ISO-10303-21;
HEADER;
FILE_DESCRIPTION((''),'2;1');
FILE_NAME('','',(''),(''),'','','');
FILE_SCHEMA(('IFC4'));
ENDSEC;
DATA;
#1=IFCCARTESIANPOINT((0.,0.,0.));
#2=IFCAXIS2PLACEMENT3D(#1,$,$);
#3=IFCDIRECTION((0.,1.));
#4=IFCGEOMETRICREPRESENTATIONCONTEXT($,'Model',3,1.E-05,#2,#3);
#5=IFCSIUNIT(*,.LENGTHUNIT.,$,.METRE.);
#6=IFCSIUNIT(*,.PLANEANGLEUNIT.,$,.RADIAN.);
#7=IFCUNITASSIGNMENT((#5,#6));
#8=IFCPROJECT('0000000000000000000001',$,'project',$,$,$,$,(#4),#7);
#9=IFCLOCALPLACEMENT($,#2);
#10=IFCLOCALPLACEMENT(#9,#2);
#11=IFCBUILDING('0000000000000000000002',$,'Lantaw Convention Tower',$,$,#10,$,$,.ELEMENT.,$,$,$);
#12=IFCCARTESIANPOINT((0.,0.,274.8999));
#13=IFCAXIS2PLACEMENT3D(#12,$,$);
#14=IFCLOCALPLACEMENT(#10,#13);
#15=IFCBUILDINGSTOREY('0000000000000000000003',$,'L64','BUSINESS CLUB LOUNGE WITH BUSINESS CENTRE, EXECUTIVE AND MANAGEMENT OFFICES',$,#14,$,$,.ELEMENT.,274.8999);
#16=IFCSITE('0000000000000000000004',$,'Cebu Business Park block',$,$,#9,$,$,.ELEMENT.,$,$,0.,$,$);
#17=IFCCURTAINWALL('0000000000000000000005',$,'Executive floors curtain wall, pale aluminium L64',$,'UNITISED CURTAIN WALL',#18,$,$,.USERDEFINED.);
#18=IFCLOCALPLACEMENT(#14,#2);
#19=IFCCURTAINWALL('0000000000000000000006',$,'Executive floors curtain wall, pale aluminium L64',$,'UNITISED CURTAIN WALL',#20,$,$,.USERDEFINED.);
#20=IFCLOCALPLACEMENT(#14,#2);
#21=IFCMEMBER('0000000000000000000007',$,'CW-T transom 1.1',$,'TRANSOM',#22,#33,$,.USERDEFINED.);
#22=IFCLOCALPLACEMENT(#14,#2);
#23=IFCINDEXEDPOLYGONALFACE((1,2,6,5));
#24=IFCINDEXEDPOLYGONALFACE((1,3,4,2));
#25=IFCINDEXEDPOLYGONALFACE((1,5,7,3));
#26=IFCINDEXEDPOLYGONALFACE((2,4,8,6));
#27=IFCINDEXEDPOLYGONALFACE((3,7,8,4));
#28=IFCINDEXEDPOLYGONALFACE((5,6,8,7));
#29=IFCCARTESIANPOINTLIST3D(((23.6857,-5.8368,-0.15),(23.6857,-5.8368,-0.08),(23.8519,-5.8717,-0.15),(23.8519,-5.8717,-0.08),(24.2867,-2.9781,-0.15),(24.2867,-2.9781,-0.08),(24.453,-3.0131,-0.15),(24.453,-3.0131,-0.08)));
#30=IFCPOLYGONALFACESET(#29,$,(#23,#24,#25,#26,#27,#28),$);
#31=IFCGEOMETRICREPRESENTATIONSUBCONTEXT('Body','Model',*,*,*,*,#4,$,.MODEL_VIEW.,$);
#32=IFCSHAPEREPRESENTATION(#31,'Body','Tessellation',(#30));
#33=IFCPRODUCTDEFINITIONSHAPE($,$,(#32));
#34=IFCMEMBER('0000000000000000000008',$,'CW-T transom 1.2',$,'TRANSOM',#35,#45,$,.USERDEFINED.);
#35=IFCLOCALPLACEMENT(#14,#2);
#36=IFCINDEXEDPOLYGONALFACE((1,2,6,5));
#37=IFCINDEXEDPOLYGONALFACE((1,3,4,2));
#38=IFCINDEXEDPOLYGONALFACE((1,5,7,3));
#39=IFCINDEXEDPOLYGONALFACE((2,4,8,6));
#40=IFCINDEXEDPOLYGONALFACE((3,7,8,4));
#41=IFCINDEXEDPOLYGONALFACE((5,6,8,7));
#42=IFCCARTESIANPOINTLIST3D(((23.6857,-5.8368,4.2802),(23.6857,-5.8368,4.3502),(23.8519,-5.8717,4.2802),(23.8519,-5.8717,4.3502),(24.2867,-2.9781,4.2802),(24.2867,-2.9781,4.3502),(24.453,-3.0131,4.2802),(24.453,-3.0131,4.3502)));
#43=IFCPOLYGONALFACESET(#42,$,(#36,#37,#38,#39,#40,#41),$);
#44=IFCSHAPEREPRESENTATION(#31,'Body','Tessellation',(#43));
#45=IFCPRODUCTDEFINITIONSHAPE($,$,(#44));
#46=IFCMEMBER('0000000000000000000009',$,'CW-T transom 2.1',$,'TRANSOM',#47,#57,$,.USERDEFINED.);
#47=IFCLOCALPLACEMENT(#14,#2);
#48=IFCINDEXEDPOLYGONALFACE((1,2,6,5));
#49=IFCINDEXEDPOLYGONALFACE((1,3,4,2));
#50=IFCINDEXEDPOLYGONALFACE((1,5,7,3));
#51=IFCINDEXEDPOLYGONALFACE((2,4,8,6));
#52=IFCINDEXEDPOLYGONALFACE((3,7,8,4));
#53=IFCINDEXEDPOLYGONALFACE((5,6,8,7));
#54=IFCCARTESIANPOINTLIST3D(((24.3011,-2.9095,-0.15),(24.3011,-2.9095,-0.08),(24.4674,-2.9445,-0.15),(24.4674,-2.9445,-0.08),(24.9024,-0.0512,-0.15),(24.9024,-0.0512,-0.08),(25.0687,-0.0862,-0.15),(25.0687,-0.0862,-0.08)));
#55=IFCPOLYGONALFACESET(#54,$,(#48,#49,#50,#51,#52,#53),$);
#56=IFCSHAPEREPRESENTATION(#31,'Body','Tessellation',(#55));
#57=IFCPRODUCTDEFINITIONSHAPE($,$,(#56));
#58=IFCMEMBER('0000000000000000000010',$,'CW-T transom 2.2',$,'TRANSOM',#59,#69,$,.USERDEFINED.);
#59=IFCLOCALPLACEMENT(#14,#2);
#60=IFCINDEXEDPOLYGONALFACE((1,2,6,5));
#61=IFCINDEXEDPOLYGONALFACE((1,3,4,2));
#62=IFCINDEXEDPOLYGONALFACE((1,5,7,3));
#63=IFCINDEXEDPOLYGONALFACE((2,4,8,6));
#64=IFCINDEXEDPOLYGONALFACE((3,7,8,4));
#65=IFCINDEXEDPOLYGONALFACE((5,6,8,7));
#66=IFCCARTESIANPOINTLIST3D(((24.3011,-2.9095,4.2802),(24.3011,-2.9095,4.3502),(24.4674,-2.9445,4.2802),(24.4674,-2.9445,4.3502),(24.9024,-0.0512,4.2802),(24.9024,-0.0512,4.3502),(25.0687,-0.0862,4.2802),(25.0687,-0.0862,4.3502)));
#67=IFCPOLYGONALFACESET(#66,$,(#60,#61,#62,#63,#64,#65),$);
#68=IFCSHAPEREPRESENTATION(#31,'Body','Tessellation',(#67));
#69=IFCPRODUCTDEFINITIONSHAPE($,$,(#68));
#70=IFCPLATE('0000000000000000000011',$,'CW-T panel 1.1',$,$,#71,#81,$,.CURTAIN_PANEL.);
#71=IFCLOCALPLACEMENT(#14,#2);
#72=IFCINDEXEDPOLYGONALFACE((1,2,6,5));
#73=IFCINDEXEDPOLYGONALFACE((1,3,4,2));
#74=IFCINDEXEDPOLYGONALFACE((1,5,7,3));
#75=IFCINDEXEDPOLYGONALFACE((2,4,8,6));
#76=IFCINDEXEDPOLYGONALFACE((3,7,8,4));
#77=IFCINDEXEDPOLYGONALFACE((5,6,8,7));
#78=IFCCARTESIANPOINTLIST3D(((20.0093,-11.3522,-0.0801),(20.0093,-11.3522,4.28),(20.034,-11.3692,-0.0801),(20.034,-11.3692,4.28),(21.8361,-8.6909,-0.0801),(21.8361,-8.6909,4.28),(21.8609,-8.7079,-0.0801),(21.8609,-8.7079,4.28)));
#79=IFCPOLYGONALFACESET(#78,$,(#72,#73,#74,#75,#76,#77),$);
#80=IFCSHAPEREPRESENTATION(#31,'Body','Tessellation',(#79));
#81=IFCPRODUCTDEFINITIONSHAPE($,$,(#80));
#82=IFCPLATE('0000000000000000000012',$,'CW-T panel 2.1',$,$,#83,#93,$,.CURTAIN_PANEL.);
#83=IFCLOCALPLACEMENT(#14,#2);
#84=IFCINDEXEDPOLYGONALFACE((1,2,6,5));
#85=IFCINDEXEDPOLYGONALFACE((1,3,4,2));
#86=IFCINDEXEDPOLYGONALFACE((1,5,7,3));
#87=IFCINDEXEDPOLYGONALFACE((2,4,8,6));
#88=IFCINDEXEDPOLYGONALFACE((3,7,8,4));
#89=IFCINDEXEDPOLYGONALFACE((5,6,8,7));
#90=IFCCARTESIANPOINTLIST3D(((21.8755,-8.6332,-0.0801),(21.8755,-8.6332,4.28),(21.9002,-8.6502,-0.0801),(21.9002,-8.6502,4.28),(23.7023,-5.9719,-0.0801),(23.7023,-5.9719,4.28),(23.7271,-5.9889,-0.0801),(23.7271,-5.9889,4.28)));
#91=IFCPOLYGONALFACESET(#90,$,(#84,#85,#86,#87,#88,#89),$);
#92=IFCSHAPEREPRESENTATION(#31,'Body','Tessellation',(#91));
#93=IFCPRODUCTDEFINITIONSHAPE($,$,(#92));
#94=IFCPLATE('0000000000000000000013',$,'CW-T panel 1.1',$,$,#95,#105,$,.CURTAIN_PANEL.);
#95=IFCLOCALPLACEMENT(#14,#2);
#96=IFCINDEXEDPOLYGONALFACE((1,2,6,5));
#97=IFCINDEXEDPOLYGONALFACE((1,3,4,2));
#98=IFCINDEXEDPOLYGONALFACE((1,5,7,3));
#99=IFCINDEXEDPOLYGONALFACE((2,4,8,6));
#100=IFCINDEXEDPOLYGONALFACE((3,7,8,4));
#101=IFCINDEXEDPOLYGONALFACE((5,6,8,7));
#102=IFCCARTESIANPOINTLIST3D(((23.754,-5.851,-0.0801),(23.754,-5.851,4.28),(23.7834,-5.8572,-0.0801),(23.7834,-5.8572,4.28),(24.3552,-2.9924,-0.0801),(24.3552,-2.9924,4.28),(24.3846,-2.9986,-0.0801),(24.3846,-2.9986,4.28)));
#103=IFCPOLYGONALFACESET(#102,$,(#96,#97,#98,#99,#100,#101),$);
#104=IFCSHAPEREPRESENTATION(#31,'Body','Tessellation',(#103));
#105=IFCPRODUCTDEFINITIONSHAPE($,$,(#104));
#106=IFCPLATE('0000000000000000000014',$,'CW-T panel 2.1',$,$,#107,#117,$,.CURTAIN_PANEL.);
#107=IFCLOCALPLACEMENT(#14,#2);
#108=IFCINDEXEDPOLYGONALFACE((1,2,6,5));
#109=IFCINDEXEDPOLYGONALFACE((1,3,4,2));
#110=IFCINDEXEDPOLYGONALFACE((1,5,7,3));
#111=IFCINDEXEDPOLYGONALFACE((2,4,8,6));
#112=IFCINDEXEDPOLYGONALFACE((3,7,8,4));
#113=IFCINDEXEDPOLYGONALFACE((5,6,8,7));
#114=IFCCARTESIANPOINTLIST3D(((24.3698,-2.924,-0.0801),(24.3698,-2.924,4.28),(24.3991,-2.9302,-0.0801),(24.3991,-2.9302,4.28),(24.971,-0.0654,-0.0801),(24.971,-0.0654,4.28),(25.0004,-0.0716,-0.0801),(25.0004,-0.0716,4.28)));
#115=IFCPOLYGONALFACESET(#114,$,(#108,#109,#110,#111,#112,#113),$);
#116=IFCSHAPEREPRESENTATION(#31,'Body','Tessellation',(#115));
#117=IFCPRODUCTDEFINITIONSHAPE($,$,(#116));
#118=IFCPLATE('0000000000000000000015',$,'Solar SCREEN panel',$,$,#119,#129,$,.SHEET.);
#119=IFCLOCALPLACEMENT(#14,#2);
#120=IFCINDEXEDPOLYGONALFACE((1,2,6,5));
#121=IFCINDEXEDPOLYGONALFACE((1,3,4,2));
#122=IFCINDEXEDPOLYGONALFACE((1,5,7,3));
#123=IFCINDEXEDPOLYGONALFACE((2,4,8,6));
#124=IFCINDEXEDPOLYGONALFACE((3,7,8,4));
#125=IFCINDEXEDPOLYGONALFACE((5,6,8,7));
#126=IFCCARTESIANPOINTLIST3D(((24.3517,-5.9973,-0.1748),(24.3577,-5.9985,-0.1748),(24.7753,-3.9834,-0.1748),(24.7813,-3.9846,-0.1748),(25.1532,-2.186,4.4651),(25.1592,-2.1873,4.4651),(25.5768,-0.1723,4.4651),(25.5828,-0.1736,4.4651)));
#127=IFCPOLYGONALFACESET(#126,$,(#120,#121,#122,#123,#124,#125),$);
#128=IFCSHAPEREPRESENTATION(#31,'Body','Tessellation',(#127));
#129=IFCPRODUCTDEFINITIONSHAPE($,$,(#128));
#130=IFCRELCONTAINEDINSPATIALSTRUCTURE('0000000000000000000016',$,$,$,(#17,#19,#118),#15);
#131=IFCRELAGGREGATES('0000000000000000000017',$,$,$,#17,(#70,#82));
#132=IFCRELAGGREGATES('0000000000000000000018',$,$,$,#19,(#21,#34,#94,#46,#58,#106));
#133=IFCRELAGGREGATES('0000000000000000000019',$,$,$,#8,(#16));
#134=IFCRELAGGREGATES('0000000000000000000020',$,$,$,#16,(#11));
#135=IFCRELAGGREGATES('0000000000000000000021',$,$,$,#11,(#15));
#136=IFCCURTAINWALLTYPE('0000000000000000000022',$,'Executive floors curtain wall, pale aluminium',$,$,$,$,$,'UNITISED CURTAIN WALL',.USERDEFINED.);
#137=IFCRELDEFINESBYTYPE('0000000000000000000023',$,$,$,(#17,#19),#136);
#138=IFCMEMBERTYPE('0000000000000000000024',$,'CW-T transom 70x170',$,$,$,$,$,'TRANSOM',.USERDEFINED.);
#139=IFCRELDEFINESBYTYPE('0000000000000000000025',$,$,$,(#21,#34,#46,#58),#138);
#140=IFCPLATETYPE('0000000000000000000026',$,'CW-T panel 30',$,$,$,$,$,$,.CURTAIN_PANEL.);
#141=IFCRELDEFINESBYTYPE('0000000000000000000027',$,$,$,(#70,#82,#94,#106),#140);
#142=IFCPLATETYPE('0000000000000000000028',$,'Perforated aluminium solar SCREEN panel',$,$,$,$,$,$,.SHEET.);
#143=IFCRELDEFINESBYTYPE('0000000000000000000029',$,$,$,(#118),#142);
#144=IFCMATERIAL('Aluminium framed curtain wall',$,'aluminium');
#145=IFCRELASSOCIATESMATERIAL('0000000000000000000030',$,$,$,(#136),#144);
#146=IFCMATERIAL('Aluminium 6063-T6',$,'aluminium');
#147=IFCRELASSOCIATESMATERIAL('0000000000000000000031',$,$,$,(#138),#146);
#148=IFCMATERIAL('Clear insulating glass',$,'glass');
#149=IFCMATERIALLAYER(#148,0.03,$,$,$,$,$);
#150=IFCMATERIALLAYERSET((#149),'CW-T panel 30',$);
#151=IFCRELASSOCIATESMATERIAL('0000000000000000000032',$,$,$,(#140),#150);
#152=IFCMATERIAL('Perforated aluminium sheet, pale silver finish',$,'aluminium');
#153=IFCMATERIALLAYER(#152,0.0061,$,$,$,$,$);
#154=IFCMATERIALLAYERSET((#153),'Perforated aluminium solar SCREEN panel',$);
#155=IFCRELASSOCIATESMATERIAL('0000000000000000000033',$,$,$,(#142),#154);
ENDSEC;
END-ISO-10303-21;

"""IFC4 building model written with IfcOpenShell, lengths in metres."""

from ifc_helpers import new_model, si_unit, direction, frame, origin, origin_2d, place, context, subcontext, project, spatial, polyline, rectangle, outline, extrude, material, layer, layer_set, material_profile, profile_set, type_object, element, aggregate, save


model = new_model("IFC4")

# Units and contexts
model_context = context("Model", 3, precision=1e-05, world=origin(), true_north=direction((0.0, 1.0)))
body_context = subcontext(model_context, "Body", "Model", "MODEL_VIEW")
ifc_project = project(units=[si_unit("LENGTHUNIT", "METRE"), si_unit("PLANEANGLEUNIT", "RADIAN")], contexts=[model_context])

# Site, building, storey
site_placement = place(None, origin())
site = spatial("IfcSite", under=ifc_project, at=site_placement, Name="Cebu Business Park block", CompositionType="ELEMENT", RefElevation=0.0)
building_placement = place(site_placement, origin())
building = spatial("IfcBuilding", under=site, at=building_placement, Name="Lantaw Convention Tower", CompositionType="ELEMENT")
storey_placement = place(building_placement, frame((0.0, 0.0, 274.8999)))
storey = spatial("IfcBuildingStorey", under=building, at=storey_placement, Name="L64", Description="BUSINESS CLUB LOUNGE WITH BUSINESS CENTRE, EXECUTIVE AND MANAGEMENT OFFICES", CompositionType="ELEMENT", Elevation=274.8999)

# Curtain walls
ifc_material_1 = material(Name="Aluminium framed curtain wall", Category="aluminium")
curtain_wall_type = type_object("IfcCurtainWallType", Name="Executive floors curtain wall, pale aluminium", ElementType="UNITISED CURTAIN WALL", PredefinedType="USERDEFINED", material=ifc_material_1)
curtain_wall_1_placement = place(storey_placement, origin())
curtain_wall_1 = element("IfcCurtainWall", 1, at=curtain_wall_1_placement, inside=storey, type_object=curtain_wall_type, Name="Executive floors curtain wall, pale aluminium L64", ObjectType="UNITISED CURTAIN WALL", PredefinedType="USERDEFINED")
ifc_material_2 = material(Name="Aluminium 6063-T6", Category="aluminium")
curtain_wall_2_placement = place(storey_placement, origin())
curtain_wall_2 = element("IfcCurtainWall", 2, at=curtain_wall_2_placement, inside=storey, type_object=curtain_wall_type, Name="Executive floors curtain wall, pale aluminium L64", ObjectType="UNITISED CURTAIN WALL", PredefinedType="USERDEFINED")

# Members
ifc_material_profile_1 = material_profile(ifc_material_2, rectangle(XDim=0.1699, YDim=0.0701, at=origin_2d()), Name="CW-T transom 70x170")
ifc_profile_set_1 = profile_set([ifc_material_profile_1], Name="Aluminium 6063-T6")
member_type_1 = type_object("IfcMemberType", Name="CW-T transom 70x170", ElementType="TRANSOM", PredefinedType="USERDEFINED", material=ifc_profile_set_1)
member_1_placement = place(storey_placement, frame((23.7688, -5.8542, -0.115), z_axis=(0.205766, 0.978601, 0.0), x_axis=(-0.978601, 0.205766, 0.0)))
member_1 = element("IfcMember", 3, at=member_1_placement, type_object=member_type_1, Name="CW-T transom 1.1", ObjectType="TRANSOM", PredefinedType="USERDEFINED", context=body_context, shape_type="SweptSolid", body=[
    extrude(rectangle(XDim=0.1699, YDim=0.0701, at=origin_2d()), origin(), (0.0, 0.0, 1.0), 2.9211),
])
member_2_placement = place(storey_placement, frame((23.7688, -5.8542, 4.3152), z_axis=(0.205766, 0.978601, 0.0), x_axis=(-0.978601, 0.205766, 0.0)))
member_2 = element("IfcMember", 4, at=member_2_placement, type_object=member_type_1, Name="CW-T transom 1.2", ObjectType="TRANSOM", PredefinedType="USERDEFINED", context=body_context, shape_type="SweptSolid", body=[
    extrude(rectangle(XDim=0.1699, YDim=0.0701, at=origin_2d()), origin(), (0.0, 0.0, 1.0), 2.9211),
])
member_3_placement = place(storey_placement, frame((24.3843, -2.927, -0.115), z_axis=(0.205863, 0.978581, 0.0), x_axis=(-0.978581, 0.205863, 0.0)))
member_3 = element("IfcMember", 5, at=member_3_placement, type_object=member_type_1, Name="CW-T transom 2.1", ObjectType="TRANSOM", PredefinedType="USERDEFINED", context=body_context, shape_type="SweptSolid", body=[
    extrude(rectangle(XDim=0.1699, YDim=0.0701, at=origin_2d()), origin(), (0.0, 0.0, 1.0), 2.9209),
])
member_4_placement = place(storey_placement, frame((24.3843, -2.927, 4.3152), z_axis=(0.205863, 0.978581, 0.0), x_axis=(-0.978581, 0.205863, 0.0)))
member_4 = element("IfcMember", 6, at=member_4_placement, type_object=member_type_1, Name="CW-T transom 2.2", ObjectType="TRANSOM", PredefinedType="USERDEFINED", context=body_context, shape_type="SweptSolid", body=[
    extrude(rectangle(XDim=0.1699, YDim=0.0701, at=origin_2d()), origin(), (0.0, 0.0, 1.0), 2.9209),
])

# Plates
ifc_material_3 = material(Name="Clear insulating glass", Category="glass")
ifc_layer_1 = layer(ifc_material_3, 0.03)
ifc_layer_set_1 = layer_set([ifc_layer_1], Name="CW-T panel 30")
plate_type_1 = type_object("IfcPlateType", Name="CW-T panel 30", PredefinedType="CURTAIN_PANEL", material=ifc_layer_set_1)
plate_1_placement = place(storey_placement, frame((20.9351, -10.03, -0.0801), z_axis=(0.0, 0.0, 1.0), x_axis=(0.565935, 0.82445, 0.0)))
plate_1 = element("IfcPlate", 7, at=plate_1_placement, type_object=plate_type_1, Name="CW-T panel 1.1", PredefinedType="CURTAIN_PANEL", context=body_context, shape_type="SweptSolid", body=[
    extrude(rectangle(XDim=3.228, YDim=0.03, at=origin_2d()), origin(), (0.0, 0.0, 1.0), 4.3601),
])
plate_2_placement = place(storey_placement, frame((22.8013, -7.311, -0.0801), z_axis=(0.0, 0.0, 1.0), x_axis=(0.565935, 0.82445, 0.0)))
plate_2 = element("IfcPlate", 8, at=plate_2_placement, type_object=plate_type_1, Name="CW-T panel 2.1", PredefinedType="CURTAIN_PANEL", context=body_context, shape_type="SweptSolid", body=[
    extrude(rectangle(XDim=3.228, YDim=0.03, at=origin_2d()), origin(), (0.0, 0.0, 1.0), 4.3601),
])
aggregate(curtain_wall_1, [plate_1, plate_2])
plate_3_placement = place(storey_placement, frame((24.0693, -4.4248, -0.0801), z_axis=(0.0, 0.0, 1.0), x_axis=(0.205814, 0.978591, 0.0)))
plate_3 = element("IfcPlate", 9, at=plate_3_placement, type_object=plate_type_1, Name="CW-T panel 1.1", PredefinedType="CURTAIN_PANEL", context=body_context, shape_type="SweptSolid", body=[
    extrude(rectangle(XDim=2.9211, YDim=0.03, at=origin_2d()), origin(), (0.0, 0.0, 1.0), 4.3601),
])
plate_4_placement = place(storey_placement, frame((24.6851, -1.4978, -0.0801), z_axis=(0.0, 0.0, 1.0), x_axis=(0.205814, 0.978591, 0.0)))
plate_4 = element("IfcPlate", 10, at=plate_4_placement, type_object=plate_type_1, Name="CW-T panel 2.1", PredefinedType="CURTAIN_PANEL", context=body_context, shape_type="SweptSolid", body=[
    extrude(rectangle(XDim=2.9211, YDim=0.03, at=origin_2d()), origin(), (0.0, 0.0, 1.0), 4.3601),
])
aggregate(curtain_wall_2, [member_1, member_2, plate_3, member_3, member_4, plate_4])
ifc_material_4 = material(Name="Perforated aluminium sheet, pale silver finish", Category="aluminium")
ifc_layer_2 = layer(ifc_material_4, 0.0061)
ifc_layer_set_2 = layer_set([ifc_layer_2], Name="Perforated aluminium solar SCREEN panel")
plate_type_2 = type_object("IfcPlateType", Name="Perforated aluminium solar SCREEN panel", PredefinedType="SHEET", material=ifc_layer_set_2)
plate_5_placement = place(storey_placement, frame((24.3577, -5.9985, -0.1748), z_axis=(0.978586, -0.205837, 0.000027), x_axis=(0.205837, 0.978586, 0.0)))
element("IfcPlate", 11, at=plate_5_placement, inside=storey, type_object=plate_type_2, Name="Solar SCREEN panel", PredefinedType="SHEET", context=body_context, shape_type="SweptSolid", body=[
    extrude(outline(polyline([(0.0, 0.0), (2.058, 0.0), (5.9524, 4.6399), (3.8946, 4.6399), (0.0, 0.0)])), origin(), (0.0, 0.0, -1.0), 0.0061),
])

save(model, "model.ifc")
